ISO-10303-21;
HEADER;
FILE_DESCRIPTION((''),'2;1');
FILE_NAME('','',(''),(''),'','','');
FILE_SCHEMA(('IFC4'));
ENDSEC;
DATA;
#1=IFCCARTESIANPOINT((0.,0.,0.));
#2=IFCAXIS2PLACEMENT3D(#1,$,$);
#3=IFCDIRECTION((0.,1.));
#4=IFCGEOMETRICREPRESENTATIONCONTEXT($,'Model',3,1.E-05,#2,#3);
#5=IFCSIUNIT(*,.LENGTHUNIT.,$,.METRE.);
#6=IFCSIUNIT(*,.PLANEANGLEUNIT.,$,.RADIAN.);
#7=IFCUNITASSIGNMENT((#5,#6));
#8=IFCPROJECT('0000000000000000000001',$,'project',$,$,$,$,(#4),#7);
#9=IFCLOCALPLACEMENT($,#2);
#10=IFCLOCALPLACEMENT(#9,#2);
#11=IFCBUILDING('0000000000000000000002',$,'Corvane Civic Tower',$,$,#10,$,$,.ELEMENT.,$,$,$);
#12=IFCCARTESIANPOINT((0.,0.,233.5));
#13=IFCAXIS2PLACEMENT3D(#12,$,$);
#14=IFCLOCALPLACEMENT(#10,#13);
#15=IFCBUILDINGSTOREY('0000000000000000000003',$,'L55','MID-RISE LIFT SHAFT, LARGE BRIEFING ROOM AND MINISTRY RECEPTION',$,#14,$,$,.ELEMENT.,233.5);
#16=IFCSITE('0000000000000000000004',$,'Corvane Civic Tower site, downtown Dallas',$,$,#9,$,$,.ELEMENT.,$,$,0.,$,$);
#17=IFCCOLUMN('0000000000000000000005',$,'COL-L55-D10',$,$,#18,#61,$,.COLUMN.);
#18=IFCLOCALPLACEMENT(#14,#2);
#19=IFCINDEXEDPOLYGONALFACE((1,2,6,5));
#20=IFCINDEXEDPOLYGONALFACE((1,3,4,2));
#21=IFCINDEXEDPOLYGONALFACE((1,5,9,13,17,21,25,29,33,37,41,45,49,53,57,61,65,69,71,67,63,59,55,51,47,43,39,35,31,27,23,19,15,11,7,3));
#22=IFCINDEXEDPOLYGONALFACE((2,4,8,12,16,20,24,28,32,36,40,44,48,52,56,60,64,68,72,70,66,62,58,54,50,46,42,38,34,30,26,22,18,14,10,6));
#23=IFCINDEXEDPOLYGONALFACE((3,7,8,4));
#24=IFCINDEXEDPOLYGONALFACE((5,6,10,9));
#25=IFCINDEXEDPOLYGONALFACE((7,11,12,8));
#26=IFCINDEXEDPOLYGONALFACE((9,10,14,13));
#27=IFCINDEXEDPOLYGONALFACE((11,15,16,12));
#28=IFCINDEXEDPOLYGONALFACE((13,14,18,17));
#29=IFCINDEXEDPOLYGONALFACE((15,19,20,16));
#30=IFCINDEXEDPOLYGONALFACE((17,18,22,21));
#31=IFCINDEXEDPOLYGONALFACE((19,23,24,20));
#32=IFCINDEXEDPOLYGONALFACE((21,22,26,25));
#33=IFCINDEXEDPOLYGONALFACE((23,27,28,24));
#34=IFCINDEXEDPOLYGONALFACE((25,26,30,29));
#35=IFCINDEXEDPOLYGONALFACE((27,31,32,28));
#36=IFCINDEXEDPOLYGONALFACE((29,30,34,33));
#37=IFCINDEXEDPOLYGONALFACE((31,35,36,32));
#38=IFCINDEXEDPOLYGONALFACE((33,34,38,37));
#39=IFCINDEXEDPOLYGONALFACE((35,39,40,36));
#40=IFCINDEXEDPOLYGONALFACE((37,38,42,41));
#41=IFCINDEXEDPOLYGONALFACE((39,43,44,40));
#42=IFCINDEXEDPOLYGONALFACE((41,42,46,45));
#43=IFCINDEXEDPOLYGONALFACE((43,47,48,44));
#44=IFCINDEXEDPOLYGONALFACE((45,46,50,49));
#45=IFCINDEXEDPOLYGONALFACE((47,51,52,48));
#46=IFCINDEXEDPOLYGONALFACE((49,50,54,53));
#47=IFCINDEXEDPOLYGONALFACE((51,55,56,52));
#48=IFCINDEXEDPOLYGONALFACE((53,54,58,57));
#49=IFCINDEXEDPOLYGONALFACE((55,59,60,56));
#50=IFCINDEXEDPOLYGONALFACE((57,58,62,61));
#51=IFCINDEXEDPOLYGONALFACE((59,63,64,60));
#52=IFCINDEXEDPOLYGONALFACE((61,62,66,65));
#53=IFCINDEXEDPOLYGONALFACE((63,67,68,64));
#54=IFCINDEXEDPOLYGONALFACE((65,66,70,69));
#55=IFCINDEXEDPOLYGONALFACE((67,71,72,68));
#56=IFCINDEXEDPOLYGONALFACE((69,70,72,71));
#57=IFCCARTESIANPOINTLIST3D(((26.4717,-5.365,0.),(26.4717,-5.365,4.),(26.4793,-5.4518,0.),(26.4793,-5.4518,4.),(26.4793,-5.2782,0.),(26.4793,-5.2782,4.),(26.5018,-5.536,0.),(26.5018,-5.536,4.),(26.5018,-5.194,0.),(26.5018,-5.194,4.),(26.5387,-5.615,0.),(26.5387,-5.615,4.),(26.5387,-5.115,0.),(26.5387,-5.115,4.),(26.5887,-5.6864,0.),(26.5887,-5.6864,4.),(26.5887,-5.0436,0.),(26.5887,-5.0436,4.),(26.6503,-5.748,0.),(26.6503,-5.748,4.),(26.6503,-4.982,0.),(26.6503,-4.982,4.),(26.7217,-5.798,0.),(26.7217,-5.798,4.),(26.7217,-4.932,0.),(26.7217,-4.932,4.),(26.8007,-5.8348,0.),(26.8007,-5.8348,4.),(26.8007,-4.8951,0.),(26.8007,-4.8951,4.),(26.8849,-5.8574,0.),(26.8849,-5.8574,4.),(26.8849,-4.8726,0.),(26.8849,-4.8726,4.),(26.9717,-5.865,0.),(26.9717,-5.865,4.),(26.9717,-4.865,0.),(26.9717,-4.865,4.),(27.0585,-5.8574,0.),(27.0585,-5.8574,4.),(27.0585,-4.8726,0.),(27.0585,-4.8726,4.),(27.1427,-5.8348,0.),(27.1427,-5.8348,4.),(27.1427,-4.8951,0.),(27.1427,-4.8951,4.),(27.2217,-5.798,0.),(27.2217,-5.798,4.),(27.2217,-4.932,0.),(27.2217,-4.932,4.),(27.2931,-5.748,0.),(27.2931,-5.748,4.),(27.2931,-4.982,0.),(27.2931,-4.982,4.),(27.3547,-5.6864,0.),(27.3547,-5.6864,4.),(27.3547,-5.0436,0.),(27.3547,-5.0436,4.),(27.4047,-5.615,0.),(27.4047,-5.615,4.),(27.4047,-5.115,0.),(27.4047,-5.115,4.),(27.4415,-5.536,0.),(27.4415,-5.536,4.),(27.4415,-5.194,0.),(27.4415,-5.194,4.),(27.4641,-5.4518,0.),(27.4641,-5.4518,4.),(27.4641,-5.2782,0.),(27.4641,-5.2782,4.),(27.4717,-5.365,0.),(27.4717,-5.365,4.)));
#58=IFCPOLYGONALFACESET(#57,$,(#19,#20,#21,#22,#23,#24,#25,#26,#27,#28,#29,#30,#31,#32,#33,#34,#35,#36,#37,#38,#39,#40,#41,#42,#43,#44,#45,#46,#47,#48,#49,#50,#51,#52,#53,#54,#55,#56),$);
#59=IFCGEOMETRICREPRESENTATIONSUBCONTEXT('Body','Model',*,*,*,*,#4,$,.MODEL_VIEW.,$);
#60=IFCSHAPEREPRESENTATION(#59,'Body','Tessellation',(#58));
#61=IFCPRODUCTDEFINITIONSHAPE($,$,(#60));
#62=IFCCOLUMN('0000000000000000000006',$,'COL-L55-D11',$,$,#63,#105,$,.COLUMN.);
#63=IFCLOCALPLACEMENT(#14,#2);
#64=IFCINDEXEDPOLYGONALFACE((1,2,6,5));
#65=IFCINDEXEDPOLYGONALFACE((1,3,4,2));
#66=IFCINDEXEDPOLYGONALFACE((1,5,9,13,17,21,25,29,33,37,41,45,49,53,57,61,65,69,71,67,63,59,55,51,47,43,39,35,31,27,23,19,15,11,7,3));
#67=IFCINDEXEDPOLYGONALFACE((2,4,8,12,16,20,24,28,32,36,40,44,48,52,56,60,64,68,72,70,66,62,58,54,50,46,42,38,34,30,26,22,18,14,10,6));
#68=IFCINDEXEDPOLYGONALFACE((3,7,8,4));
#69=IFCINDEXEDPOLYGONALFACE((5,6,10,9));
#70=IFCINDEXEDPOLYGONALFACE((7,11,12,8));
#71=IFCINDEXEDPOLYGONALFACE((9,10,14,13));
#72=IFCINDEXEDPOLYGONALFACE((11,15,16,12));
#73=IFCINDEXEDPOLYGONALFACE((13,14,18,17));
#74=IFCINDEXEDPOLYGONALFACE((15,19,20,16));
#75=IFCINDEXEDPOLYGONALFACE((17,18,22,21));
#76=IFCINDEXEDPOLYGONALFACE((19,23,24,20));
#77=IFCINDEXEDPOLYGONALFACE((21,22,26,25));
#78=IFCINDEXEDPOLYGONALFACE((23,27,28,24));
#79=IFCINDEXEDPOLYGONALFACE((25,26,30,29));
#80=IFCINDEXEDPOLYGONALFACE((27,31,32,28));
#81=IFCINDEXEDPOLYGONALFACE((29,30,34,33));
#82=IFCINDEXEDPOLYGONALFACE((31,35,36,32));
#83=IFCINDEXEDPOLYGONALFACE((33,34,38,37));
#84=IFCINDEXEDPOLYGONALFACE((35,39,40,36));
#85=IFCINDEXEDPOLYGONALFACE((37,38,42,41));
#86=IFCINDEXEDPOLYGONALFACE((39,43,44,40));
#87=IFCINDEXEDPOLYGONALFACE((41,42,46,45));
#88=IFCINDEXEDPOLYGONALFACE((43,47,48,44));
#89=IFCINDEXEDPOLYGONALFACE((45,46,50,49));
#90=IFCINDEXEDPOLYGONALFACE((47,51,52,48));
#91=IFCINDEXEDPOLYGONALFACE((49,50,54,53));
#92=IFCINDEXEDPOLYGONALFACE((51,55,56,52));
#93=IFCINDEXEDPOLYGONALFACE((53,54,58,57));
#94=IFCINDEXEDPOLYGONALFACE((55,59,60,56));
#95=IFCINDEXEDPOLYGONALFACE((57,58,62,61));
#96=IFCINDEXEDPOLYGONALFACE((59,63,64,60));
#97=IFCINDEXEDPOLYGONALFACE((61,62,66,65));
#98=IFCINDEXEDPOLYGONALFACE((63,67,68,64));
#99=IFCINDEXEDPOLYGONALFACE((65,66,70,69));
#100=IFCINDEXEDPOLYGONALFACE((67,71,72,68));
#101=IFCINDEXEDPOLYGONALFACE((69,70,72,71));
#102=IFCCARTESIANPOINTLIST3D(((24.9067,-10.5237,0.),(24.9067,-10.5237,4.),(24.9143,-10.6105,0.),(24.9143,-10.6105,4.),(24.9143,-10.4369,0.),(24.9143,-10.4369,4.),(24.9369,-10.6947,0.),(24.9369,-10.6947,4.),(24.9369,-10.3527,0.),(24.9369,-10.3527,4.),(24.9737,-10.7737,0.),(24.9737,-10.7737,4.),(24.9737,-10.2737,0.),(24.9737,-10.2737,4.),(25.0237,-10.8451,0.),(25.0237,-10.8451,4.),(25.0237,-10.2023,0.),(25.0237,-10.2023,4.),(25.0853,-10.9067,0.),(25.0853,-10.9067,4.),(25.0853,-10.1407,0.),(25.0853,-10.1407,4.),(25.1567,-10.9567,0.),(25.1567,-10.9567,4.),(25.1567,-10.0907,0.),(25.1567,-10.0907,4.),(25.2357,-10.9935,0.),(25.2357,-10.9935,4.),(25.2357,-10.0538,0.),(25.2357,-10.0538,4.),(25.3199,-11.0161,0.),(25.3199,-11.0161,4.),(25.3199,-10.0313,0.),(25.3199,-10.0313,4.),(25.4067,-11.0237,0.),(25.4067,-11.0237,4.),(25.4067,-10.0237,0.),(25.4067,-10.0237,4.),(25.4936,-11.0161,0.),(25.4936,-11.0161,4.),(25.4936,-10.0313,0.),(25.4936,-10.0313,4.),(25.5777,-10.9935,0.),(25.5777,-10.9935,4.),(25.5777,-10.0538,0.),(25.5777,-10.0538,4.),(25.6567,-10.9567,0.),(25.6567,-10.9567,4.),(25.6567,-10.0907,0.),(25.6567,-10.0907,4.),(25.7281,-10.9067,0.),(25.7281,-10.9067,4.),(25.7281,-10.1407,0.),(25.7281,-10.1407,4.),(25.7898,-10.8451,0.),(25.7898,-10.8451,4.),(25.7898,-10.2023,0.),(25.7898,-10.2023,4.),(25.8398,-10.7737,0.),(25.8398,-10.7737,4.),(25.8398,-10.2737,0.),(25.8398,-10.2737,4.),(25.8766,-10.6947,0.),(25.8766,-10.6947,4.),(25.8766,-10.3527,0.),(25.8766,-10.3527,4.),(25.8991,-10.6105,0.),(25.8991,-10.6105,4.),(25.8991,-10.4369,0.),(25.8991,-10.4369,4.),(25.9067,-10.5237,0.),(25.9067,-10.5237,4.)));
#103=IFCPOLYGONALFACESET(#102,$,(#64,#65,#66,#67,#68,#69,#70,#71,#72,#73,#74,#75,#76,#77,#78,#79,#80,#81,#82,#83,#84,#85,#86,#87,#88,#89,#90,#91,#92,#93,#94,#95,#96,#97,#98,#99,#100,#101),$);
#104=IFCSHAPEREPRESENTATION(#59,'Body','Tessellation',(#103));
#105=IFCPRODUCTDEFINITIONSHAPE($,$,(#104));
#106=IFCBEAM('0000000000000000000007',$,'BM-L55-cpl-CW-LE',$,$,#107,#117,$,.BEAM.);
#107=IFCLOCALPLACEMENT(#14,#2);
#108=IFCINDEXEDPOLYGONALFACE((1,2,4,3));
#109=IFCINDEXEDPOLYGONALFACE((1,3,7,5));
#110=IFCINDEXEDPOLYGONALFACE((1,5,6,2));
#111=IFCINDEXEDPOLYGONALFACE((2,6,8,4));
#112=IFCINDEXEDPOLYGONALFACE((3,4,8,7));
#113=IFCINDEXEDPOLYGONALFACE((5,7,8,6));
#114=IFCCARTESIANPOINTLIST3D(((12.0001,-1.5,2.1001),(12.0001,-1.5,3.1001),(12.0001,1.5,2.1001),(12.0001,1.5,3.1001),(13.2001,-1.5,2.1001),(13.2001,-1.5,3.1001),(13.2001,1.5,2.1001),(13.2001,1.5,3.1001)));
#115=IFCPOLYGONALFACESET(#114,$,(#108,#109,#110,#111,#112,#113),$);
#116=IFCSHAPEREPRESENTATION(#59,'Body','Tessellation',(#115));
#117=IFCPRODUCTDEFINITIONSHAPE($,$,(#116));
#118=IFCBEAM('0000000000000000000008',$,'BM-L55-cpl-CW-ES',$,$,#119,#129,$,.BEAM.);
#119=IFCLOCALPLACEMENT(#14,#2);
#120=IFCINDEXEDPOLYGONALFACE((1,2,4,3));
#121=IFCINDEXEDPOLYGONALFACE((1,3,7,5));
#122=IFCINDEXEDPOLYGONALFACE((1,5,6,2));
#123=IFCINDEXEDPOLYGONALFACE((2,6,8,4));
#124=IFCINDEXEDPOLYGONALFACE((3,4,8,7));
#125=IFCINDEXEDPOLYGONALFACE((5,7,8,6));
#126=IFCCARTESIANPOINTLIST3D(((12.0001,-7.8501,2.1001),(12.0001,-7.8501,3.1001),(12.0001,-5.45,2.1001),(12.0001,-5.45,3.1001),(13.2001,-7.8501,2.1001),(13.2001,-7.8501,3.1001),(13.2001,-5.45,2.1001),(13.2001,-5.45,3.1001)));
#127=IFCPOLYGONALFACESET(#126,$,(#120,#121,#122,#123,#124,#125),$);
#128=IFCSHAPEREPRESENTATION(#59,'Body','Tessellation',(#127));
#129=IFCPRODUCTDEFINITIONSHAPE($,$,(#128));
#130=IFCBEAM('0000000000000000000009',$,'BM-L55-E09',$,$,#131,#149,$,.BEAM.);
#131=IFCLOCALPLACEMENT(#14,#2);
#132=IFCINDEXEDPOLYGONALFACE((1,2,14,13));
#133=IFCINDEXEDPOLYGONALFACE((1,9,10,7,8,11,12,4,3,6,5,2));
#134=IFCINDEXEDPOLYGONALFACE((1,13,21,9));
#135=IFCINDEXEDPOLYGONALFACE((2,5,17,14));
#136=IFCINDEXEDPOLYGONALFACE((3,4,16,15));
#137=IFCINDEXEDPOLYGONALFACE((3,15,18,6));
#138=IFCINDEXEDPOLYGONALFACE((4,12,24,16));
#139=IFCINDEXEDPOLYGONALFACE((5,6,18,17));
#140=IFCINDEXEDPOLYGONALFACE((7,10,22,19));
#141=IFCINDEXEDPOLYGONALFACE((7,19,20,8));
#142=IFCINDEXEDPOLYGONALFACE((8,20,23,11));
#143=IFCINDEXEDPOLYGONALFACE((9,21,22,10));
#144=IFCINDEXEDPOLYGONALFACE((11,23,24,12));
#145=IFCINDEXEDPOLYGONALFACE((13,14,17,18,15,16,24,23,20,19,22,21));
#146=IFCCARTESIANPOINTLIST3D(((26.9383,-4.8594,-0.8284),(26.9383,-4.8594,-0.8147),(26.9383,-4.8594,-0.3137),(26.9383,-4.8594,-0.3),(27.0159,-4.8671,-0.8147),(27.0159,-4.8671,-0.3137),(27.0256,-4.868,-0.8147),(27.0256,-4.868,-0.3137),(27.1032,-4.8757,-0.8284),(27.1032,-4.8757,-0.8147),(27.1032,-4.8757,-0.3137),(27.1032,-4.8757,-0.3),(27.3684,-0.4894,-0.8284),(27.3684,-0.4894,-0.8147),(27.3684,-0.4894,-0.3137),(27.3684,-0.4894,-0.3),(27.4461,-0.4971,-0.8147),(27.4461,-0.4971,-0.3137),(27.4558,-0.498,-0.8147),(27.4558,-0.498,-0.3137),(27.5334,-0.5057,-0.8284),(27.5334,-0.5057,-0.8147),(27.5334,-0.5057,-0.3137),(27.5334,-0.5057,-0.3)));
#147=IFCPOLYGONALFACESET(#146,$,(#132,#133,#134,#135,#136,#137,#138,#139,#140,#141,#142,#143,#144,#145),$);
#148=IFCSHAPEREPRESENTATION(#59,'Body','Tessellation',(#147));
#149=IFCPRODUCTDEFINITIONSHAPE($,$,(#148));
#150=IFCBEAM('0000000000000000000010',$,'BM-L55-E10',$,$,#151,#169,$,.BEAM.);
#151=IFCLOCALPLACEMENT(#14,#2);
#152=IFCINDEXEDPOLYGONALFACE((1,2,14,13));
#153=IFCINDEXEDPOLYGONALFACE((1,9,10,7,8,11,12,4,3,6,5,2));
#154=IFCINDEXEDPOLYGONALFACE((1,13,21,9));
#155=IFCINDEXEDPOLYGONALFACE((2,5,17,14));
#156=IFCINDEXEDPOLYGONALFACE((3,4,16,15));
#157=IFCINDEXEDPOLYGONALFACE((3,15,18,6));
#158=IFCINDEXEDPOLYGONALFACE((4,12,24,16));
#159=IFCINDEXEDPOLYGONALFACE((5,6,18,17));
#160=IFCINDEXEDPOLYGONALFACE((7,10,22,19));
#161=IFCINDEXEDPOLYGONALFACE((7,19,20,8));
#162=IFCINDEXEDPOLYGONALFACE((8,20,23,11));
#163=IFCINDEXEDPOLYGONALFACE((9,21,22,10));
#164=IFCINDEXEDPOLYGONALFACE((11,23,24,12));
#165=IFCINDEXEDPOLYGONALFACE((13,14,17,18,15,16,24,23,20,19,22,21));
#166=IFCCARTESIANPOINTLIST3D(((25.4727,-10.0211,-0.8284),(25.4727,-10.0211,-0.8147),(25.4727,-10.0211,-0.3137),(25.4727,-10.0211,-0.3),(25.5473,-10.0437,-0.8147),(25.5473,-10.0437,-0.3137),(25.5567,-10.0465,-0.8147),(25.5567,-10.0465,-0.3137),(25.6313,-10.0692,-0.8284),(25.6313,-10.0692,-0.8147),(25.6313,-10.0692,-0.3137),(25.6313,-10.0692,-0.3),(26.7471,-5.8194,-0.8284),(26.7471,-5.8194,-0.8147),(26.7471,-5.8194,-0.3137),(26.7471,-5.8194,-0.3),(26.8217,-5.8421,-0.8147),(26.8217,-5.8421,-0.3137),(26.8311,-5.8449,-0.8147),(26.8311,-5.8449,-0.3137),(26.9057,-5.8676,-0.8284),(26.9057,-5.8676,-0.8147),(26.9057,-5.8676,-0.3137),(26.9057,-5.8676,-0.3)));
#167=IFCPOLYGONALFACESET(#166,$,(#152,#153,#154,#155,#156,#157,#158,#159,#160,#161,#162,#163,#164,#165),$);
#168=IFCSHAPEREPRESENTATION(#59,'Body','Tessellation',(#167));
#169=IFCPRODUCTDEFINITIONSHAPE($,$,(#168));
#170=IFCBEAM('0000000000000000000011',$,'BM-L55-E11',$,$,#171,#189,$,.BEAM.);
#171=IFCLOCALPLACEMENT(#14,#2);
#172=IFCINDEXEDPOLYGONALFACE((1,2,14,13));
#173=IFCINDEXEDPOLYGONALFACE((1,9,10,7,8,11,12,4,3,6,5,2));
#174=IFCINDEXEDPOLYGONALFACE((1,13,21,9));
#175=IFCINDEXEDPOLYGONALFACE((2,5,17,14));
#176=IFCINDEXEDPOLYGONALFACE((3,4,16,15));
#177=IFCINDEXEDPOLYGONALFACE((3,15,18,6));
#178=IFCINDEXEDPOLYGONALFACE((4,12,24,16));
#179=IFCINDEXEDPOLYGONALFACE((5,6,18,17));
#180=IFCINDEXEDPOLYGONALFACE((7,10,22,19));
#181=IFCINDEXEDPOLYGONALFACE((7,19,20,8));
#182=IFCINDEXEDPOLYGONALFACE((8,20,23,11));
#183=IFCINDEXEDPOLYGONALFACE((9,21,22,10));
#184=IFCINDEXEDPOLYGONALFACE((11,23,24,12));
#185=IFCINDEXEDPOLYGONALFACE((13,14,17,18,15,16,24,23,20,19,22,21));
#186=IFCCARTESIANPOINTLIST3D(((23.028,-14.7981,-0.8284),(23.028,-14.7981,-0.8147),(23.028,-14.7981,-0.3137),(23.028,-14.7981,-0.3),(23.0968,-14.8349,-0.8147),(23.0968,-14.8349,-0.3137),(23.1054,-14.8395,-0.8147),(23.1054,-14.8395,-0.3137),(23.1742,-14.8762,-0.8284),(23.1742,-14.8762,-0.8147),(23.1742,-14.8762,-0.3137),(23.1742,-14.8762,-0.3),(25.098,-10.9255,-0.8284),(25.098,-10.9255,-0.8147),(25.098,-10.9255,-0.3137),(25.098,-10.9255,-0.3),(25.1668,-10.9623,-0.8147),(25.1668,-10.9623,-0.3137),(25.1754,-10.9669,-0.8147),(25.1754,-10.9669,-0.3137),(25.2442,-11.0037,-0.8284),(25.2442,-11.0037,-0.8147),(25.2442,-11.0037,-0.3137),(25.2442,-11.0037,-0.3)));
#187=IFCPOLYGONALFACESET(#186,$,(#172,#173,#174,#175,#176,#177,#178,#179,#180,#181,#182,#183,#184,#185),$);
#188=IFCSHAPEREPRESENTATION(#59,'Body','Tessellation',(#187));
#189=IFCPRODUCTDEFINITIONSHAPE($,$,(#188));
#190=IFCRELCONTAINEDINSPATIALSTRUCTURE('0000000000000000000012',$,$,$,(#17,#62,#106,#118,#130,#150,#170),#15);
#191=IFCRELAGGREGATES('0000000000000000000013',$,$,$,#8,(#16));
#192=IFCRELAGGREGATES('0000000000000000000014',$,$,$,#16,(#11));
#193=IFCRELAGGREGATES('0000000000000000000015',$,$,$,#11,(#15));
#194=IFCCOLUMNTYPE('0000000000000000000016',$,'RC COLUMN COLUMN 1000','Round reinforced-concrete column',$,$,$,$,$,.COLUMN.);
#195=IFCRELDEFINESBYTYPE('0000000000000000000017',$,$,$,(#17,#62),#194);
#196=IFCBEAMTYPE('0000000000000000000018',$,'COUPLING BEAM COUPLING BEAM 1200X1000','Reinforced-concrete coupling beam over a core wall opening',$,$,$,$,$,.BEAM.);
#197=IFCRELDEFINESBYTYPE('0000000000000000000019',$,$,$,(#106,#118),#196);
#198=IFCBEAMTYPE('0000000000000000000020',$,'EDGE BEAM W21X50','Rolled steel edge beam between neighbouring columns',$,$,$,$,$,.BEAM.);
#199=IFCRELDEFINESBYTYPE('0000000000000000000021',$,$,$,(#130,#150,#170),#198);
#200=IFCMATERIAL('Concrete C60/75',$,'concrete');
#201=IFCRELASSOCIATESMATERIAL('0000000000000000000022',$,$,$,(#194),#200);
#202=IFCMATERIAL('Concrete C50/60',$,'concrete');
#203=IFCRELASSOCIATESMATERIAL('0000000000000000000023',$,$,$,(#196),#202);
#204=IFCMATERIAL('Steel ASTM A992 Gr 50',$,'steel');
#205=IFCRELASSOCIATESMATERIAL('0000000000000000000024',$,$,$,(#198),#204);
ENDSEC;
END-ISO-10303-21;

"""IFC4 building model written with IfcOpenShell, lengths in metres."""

from ifc_helpers import new_model, si_unit, direction, frame, origin, origin_2d, place, context, subcontext, project, spatial, rectangle, circle, i_section, extrude, material, material_profile, profile_set, type_object, element, save


model = new_model("IFC4")

# Units and contexts
model_context = context("Model", 3, precision=1e-05, world=origin(), true_north=direction((0.0, 1.0)))
body_context = subcontext(model_context, "Body", "Model", "MODEL_VIEW")
ifc_project = project(units=[si_unit("LENGTHUNIT", "METRE"), si_unit("PLANEANGLEUNIT", "RADIAN")], contexts=[model_context])

# Site, building, storey
site_placement = place(None, origin())
site = spatial("IfcSite", under=ifc_project, at=site_placement, Name="Corvane Civic Tower site, downtown Dallas", CompositionType="ELEMENT", RefElevation=0.0)
building_placement = place(site_placement, origin())
building = spatial("IfcBuilding", under=site, at=building_placement, Name="Corvane Civic Tower", CompositionType="ELEMENT")
storey_placement = place(building_placement, frame((0.0, 0.0, 233.5)))
storey = spatial("IfcBuildingStorey", under=building, at=storey_placement, Name="L55", Description="MID-RISE LIFT SHAFT, LARGE BRIEFING ROOM AND MINISTRY RECEPTION", CompositionType="ELEMENT", Elevation=233.5)

# Columns
ifc_material_1 = material(Name="Concrete C60/75", Category="concrete")
ifc_material_profile_1 = material_profile(ifc_material_1, circle(Radius=0.5, at=origin_2d()), Name="COLUMN 1000")
ifc_profile_set_1 = profile_set([ifc_material_profile_1], Name="Concrete C60/75")
column_type = type_object("IfcColumnType", Name="RC COLUMN COLUMN 1000", Description="Round reinforced-concrete column", PredefinedType="COLUMN", material=ifc_profile_set_1)
for number, where, z_axis, x_axis, name in (
    (1, (26.9717, -5.365, 0.0), (0.0, 0.0, 1.0), (1.0, 0.0, 0.0), "COL-L55-D10"),
    (2, (25.4067, -10.5237, 0.0), (0.0, 0.0, 1.0), (1.0, 0.0, 0.0), "COL-L55-D11"),
):
    element("IfcColumn", number, at=place(storey_placement, frame(where, z_axis=z_axis, x_axis=x_axis)), inside=storey, type_object=column_type, Name=name, PredefinedType="COLUMN", context=body_context, shape_type="SweptSolid", body=[
        extrude(circle(Radius=0.5, at=origin_2d()), origin(), (0.0, 0.0, 1.0), 4.0),
    ])

# Beams
ifc_material_2 = material(Name="Concrete C50/60", Category="concrete")
ifc_material_profile_2 = material_profile(ifc_material_2, rectangle(XDim=1.2, YDim=1.0, at=origin_2d()), Name="COUPLING BEAM 1200X1000")
ifc_profile_set_2 = profile_set([ifc_material_profile_2], Name="Concrete C50/60")
beam_type_1 = type_object("IfcBeamType", Name="COUPLING BEAM COUPLING BEAM 1200X1000", Description="Reinforced-concrete coupling beam over a core wall opening", PredefinedType="BEAM", material=ifc_profile_set_2)
beam_1_placement = place(storey_placement, frame((12.6001, -1.5, 2.6001), z_axis=(0.0, 1.0, 0.0), x_axis=(-1.0, 0.0, 0.0)))
element("IfcBeam", 3, at=beam_1_placement, inside=storey, type_object=beam_type_1, Name="BM-L55-cpl-CW-LE", PredefinedType="BEAM", context=body_context, shape_type="SweptSolid", body=[
    extrude(rectangle(XDim=1.2, YDim=1.0, at=origin_2d()), origin(), (0.0, 0.0, 1.0), 3.0),
])
beam_2_placement = place(storey_placement, frame((12.6001, -7.8501, 2.6001), z_axis=(0.0, 1.0, 0.0), x_axis=(-1.0, 0.0, 0.0)))
element("IfcBeam", 4, at=beam_2_placement, inside=storey, type_object=beam_type_1, Name="BM-L55-cpl-CW-ES", PredefinedType="BEAM", context=body_context, shape_type="SweptSolid", body=[
    extrude(rectangle(XDim=1.2, YDim=1.0, at=origin_2d()), origin(), (0.0, 0.0, 1.0), 2.4001),
])
ifc_material_3 = material(Name="Steel ASTM A992 Gr 50", Category="steel")
ifc_material_profile_3 = material_profile(ifc_material_3, i_section(OverallWidth=0.1658, OverallDepth=0.5283, WebThickness=0.0098, FlangeThickness=0.0137, at=origin_2d()), Name="W21X50")
ifc_profile_set_3 = profile_set([ifc_material_profile_3], Name="Steel ASTM A992 Gr 50")
beam_type_2 = type_object("IfcBeamType", Name="EDGE BEAM W21X50", Description="Rolled steel edge beam between neighbouring columns", PredefinedType="BEAM", material=ifc_profile_set_3)
beam_3_placement = place(storey_placement, frame((27.4509, -0.4976, -0.5642), z_axis=(-0.097968, -0.99519, 0.0), x_axis=(0.99519, -0.097968, 0.0)))
element("IfcBeam", 5, at=beam_3_placement, inside=storey, type_object=beam_type_2, Name="BM-L55-E09", PredefinedType="BEAM", context=body_context, shape_type="SweptSolid", body=[
    extrude(i_section(OverallWidth=0.1658, OverallDepth=0.5283, WebThickness=0.0098, FlangeThickness=0.0137, at=origin_2d()), origin(), (0.0, 0.0, 1.0), 4.3911),
])
beam_4_placement = place(storey_placement, frame((26.8264, -5.8435, -0.5642), z_axis=(-0.290254, -0.95695, 0.0), x_axis=(0.95695, -0.290254, 0.0)))
element("IfcBeam", 6, at=beam_4_placement, inside=storey, type_object=beam_type_2, Name="BM-L55-E10", PredefinedType="BEAM", context=body_context, shape_type="SweptSolid", body=[
    extrude(i_section(OverallWidth=0.1658, OverallDepth=0.5283, WebThickness=0.0098, FlangeThickness=0.0137, at=origin_2d()), origin(), (0.0, 0.0, 1.0), 4.3906),
])
beam_5_placement = place(storey_placement, frame((25.1711, -10.9646, -0.5642), z_axis=(-0.471422, -0.881908, 0.0), x_axis=(0.881908, -0.471422, 0.0)))
element("IfcBeam", 7, at=beam_5_placement, inside=storey, type_object=beam_type_2, Name="BM-L55-E11", PredefinedType="BEAM", context=body_context, shape_type="SweptSolid", body=[
    extrude(i_section(OverallWidth=0.1658, OverallDepth=0.5283, WebThickness=0.0098, FlangeThickness=0.0137, at=origin_2d()), origin(), (0.0, 0.0, 1.0), 4.3911),
])

save(model, "model.ifc")
